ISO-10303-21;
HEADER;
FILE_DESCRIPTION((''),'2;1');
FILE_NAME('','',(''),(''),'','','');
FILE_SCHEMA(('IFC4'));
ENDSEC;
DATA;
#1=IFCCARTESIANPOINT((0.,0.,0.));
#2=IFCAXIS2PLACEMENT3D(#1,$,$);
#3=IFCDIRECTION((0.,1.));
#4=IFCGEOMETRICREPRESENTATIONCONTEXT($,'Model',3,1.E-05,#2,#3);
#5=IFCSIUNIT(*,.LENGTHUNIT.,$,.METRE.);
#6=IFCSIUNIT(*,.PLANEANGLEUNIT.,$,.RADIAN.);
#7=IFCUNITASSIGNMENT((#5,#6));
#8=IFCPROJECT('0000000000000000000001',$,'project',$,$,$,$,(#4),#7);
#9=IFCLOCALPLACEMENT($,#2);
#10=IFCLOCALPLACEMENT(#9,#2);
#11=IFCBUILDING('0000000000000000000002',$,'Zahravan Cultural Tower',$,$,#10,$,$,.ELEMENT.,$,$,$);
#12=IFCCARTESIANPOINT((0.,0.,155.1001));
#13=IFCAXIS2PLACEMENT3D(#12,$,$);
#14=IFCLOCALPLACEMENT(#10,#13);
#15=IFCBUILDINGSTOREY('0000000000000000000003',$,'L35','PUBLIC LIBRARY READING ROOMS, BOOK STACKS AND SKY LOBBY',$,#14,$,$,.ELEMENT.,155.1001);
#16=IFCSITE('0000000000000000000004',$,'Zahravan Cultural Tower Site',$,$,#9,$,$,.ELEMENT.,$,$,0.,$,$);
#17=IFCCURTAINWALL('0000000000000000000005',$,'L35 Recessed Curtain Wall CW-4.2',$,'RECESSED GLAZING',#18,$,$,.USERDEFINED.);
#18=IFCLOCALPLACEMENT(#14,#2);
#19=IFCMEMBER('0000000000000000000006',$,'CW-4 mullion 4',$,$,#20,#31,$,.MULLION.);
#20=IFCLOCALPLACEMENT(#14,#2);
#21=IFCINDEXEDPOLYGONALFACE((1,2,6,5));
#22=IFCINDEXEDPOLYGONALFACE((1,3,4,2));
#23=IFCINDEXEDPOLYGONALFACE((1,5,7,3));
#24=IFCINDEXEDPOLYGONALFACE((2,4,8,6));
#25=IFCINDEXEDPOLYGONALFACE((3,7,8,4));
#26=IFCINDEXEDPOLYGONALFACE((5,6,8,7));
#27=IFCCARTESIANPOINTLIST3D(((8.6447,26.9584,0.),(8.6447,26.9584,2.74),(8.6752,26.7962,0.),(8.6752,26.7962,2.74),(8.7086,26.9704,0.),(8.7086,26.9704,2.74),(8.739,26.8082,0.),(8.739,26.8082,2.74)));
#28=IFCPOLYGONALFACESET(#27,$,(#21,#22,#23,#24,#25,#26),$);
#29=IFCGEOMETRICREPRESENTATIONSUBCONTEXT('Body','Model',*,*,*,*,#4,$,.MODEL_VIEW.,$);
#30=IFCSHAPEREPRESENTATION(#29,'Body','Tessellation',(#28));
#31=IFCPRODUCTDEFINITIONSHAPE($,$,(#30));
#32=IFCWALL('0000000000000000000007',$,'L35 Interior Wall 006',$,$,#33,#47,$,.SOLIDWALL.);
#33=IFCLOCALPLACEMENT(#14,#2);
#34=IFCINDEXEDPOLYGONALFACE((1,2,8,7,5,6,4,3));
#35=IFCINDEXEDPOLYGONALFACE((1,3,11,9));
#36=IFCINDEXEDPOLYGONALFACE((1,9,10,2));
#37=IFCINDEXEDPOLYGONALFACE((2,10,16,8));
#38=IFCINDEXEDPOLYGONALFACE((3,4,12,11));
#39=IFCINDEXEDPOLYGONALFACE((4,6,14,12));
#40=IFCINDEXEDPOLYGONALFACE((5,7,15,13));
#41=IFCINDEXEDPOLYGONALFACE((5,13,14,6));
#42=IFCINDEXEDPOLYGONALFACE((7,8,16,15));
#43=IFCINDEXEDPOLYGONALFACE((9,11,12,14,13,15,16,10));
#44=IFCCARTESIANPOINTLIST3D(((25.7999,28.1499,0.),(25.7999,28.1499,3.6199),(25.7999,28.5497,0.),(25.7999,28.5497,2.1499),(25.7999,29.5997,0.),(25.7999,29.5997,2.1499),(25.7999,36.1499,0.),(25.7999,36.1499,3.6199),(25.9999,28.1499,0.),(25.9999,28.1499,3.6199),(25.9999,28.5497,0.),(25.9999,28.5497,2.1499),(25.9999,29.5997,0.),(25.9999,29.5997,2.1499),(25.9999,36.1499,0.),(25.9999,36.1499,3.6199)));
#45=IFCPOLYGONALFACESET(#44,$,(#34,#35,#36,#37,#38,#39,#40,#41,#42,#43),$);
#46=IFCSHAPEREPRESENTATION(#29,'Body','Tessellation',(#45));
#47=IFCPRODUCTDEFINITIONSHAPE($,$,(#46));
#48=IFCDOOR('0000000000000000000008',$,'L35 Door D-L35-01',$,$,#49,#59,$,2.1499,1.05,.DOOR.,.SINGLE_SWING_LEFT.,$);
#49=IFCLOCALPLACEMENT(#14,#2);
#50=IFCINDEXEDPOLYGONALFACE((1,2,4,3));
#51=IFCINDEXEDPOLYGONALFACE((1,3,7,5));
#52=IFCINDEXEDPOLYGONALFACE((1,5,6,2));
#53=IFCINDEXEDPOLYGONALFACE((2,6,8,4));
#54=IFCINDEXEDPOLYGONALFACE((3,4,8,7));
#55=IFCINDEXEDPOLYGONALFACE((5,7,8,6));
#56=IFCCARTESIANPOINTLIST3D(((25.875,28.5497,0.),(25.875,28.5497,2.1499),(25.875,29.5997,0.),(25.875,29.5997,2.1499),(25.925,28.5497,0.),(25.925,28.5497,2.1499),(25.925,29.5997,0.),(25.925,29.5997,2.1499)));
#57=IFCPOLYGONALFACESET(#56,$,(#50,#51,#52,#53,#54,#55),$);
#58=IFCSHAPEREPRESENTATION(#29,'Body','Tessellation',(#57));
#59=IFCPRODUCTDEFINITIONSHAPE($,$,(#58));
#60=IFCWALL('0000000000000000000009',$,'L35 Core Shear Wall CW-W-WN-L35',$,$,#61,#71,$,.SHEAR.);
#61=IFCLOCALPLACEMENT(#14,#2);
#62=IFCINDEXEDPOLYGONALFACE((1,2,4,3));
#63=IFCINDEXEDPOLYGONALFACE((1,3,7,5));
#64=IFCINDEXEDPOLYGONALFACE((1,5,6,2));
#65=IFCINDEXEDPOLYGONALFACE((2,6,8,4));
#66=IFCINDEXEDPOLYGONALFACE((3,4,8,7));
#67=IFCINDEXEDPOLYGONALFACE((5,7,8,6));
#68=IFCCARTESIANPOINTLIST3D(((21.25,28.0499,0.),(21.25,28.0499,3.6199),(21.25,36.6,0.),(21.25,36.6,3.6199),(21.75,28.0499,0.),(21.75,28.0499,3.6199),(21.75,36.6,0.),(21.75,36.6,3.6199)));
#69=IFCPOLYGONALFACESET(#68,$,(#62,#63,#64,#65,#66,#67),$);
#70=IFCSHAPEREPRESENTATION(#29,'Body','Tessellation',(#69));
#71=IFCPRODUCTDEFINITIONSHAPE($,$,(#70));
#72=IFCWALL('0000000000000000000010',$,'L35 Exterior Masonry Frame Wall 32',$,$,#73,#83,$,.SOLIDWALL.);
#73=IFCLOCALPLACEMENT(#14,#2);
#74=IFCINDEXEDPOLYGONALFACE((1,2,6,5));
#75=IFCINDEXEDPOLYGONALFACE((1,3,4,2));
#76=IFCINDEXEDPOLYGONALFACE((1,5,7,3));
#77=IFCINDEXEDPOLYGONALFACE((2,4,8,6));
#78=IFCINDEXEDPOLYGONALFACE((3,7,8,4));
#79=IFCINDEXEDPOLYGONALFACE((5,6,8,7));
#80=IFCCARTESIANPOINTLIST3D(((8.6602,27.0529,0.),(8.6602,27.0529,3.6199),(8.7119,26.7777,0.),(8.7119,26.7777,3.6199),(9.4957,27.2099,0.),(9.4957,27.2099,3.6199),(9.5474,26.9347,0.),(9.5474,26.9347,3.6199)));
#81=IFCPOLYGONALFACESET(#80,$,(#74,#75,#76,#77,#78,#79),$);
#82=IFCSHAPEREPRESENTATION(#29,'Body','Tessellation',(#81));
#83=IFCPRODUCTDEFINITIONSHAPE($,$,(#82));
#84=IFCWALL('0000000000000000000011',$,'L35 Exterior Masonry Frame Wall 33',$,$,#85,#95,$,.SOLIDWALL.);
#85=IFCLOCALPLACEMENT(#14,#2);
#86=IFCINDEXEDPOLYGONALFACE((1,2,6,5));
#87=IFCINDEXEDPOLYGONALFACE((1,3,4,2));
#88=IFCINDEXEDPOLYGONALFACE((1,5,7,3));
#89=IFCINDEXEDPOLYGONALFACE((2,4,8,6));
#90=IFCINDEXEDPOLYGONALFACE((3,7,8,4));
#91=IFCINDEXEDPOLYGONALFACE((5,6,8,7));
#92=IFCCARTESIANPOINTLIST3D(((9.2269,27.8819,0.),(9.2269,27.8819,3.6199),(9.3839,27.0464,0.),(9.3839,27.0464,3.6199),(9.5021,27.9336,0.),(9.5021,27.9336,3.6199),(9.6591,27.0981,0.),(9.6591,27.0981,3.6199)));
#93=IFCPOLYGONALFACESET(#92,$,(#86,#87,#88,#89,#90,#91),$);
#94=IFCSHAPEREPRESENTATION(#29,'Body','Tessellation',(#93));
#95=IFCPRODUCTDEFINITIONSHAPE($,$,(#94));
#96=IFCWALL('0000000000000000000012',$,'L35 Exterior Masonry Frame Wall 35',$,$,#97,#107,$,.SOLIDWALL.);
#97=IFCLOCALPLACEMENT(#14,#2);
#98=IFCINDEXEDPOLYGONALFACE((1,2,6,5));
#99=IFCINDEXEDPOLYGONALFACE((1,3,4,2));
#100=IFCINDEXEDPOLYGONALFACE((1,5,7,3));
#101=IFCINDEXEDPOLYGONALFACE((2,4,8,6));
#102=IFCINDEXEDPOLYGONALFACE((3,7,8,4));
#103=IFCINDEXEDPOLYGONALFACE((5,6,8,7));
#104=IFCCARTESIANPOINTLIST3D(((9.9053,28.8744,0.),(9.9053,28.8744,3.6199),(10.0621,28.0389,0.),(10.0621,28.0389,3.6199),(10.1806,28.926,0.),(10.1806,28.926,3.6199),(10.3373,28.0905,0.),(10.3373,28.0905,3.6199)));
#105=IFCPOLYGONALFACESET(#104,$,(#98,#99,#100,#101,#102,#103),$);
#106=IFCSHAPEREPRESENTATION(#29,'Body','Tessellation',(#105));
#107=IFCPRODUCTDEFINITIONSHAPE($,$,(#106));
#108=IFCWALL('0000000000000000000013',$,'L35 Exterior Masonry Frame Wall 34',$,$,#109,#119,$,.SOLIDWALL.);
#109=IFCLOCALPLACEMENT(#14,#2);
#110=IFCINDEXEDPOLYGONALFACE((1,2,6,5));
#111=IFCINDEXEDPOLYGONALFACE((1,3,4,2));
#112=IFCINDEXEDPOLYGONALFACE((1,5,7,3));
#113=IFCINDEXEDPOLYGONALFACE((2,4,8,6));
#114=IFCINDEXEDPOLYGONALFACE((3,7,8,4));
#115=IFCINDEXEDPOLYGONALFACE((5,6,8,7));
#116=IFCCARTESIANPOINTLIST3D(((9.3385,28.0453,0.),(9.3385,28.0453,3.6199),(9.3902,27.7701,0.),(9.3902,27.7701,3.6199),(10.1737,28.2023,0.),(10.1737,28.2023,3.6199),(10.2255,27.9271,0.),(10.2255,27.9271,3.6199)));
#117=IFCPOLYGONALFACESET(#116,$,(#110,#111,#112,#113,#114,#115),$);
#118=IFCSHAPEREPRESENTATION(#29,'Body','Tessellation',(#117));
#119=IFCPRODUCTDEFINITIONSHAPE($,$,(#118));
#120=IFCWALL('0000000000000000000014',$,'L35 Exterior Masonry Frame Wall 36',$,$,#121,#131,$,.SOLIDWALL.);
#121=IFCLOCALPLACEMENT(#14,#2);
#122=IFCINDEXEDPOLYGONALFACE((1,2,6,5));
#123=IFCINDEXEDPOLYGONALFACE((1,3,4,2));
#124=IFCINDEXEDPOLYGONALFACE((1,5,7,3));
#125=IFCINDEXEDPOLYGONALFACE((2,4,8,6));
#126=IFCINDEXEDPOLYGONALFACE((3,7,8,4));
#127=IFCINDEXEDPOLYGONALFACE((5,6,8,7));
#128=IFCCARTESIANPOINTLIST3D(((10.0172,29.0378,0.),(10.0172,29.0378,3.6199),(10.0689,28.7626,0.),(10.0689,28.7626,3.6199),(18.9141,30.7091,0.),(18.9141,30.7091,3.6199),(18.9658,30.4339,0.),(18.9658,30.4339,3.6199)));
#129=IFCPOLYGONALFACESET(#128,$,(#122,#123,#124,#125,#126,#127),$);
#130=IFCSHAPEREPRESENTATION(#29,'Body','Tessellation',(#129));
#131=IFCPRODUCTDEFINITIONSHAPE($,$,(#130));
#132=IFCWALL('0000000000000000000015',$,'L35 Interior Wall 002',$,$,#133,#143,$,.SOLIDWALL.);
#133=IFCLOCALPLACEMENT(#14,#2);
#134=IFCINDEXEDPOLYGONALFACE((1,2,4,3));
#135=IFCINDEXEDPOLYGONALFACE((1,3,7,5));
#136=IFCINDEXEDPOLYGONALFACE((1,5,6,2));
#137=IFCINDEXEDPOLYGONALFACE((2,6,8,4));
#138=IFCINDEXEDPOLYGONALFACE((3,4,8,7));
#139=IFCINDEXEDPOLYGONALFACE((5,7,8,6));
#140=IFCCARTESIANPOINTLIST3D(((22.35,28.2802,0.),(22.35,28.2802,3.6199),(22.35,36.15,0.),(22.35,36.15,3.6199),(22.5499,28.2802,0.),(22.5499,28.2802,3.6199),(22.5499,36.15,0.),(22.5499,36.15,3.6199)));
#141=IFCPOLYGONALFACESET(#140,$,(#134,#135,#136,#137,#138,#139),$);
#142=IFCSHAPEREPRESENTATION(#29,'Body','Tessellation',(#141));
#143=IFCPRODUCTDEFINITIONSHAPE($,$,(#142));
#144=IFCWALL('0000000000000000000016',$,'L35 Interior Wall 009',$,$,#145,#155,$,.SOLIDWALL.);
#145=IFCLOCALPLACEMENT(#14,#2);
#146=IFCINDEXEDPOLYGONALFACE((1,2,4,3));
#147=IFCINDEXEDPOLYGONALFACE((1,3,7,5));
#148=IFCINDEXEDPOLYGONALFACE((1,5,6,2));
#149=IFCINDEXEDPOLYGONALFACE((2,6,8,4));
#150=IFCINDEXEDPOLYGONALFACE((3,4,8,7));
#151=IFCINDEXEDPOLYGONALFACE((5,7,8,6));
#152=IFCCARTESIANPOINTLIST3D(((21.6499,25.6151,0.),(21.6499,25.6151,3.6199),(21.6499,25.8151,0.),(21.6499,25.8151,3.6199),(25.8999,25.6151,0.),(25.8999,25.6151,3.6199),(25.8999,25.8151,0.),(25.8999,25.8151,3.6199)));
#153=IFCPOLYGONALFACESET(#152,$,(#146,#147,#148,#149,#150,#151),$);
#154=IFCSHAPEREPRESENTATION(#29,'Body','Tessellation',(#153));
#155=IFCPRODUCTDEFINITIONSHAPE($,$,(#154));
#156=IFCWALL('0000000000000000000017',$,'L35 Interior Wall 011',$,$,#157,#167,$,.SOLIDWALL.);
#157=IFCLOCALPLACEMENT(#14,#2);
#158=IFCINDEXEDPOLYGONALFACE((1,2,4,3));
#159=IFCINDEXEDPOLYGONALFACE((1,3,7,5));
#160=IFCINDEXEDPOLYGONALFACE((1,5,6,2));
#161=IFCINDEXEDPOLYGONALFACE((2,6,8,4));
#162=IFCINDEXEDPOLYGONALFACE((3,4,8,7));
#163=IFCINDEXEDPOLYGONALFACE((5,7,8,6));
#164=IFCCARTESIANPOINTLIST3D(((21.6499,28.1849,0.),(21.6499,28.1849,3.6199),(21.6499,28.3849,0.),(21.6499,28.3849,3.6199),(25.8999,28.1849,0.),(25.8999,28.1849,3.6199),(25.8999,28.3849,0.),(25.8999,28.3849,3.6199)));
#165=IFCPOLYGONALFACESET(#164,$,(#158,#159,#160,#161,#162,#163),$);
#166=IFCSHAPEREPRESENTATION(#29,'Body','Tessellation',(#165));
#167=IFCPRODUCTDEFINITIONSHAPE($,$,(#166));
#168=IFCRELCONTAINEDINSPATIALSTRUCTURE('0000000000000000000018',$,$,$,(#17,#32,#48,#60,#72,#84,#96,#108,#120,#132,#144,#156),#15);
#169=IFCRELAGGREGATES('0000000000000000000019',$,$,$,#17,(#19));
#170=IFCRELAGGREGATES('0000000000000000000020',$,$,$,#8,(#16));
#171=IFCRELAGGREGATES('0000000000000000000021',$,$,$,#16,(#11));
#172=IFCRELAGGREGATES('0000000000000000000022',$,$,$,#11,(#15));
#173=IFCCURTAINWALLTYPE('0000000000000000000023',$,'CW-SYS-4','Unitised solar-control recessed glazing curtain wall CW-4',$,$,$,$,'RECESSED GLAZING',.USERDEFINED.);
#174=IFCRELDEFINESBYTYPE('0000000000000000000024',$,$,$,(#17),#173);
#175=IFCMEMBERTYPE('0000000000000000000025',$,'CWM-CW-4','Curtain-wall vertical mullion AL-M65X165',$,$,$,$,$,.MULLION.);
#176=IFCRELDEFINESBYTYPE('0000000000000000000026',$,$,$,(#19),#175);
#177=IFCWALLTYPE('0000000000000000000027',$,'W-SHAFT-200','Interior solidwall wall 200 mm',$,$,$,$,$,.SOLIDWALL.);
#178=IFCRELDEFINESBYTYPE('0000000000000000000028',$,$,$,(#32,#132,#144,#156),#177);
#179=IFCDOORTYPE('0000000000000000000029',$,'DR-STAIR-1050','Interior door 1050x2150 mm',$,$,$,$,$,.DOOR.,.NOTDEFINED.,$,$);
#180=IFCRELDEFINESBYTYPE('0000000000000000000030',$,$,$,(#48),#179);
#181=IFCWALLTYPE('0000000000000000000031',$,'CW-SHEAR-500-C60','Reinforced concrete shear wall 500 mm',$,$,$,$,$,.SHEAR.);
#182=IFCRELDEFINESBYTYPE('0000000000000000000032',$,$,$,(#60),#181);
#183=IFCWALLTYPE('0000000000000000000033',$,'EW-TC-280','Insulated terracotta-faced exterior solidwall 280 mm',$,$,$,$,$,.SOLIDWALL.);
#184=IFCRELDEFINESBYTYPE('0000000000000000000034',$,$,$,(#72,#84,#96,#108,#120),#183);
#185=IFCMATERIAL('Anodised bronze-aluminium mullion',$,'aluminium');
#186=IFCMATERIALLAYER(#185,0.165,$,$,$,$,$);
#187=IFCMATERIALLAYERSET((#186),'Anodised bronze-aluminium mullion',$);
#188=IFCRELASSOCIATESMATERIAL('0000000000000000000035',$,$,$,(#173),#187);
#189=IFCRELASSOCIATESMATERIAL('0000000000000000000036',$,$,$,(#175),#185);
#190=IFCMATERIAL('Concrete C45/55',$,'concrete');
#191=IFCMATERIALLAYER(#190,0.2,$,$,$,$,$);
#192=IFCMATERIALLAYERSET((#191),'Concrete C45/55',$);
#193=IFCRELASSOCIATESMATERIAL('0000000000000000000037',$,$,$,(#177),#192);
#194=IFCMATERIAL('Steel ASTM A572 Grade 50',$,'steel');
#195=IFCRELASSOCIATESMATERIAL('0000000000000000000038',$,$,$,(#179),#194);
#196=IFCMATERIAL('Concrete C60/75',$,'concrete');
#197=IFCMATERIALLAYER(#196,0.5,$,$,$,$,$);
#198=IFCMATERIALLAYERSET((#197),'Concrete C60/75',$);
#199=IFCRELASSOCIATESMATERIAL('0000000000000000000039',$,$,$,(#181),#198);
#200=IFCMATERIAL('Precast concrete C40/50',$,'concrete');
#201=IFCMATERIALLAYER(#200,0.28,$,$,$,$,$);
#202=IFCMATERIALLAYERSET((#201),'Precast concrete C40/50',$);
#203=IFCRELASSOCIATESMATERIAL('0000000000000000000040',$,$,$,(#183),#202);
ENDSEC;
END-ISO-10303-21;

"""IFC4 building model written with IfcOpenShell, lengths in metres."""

from ifc_helpers import new_model, si_unit, direction, frame, frame_2d, origin, origin_2d, place, context, subcontext, project, spatial, rectangle, extrude, source, transform, mapped, material, layer, layer_set, material_profile, profile_set, type_object, element, fill, aggregate, save


model = new_model("IFC4")

# Units and contexts
model_context = context("Model", 3, precision=1e-05, world=origin(), true_north=direction((0.0, 1.0)))
body_context = subcontext(model_context, "Body", "Model", "MODEL_VIEW")
ifc_project = project(units=[si_unit("LENGTHUNIT", "METRE"), si_unit("PLANEANGLEUNIT", "RADIAN")], contexts=[model_context])

# Site, building, storey
site_placement = place(None, origin())
site = spatial("IfcSite", under=ifc_project, at=site_placement, Name="Zahravan Cultural Tower Site", CompositionType="ELEMENT", RefElevation=0.0)
building_placement = place(site_placement, origin())
building = spatial("IfcBuilding", under=site, at=building_placement, Name="Zahravan Cultural Tower", CompositionType="ELEMENT")
storey_placement = place(building_placement, frame((0.0, 0.0, 155.1001)))
storey = spatial("IfcBuildingStorey", under=building, at=storey_placement, Name="L35", Description="PUBLIC LIBRARY READING ROOMS, BOOK STACKS AND SKY LOBBY", CompositionType="ELEMENT", Elevation=155.1001)

# Curtain wall, member
ifc_material_1 = material(Name="Anodised bronze-aluminium mullion", Category="aluminium")
ifc_layer_1 = layer(ifc_material_1, 0.165)
ifc_layer_set_1 = layer_set([ifc_layer_1], Name="Anodised bronze-aluminium mullion")
curtain_wall_type = type_object("IfcCurtainWallType", Name="CW-SYS-4", Description="Unitised solar-control recessed glazing curtain wall CW-4", ElementType="RECESSED GLAZING", PredefinedType="USERDEFINED", material=ifc_layer_set_1)
curtain_wall_placement = place(storey_placement, origin())
curtain_wall = element("IfcCurtainWall", 1, at=curtain_wall_placement, inside=storey, type_object=curtain_wall_type, Name="L35 Recessed Curtain Wall CW-4.2", ObjectType="RECESSED GLAZING", PredefinedType="USERDEFINED")
ifc_material_profile_1 = material_profile(ifc_material_1, rectangle(XDim=0.0649, YDim=0.165, at=origin_2d()), Name="AL-M65X165")
ifc_profile_set_1 = profile_set([ifc_material_profile_1], Name="Anodised bronze-aluminium mullion")
member_type = type_object("IfcMemberType", Name="CWM-CW-4", Description="Curtain-wall vertical mullion AL-M65X165", PredefinedType="MULLION", material=ifc_profile_set_1)
shared_shape_1 = source(origin(), body_context, "Body", "SweptSolid", [
    extrude(rectangle(XDim=0.0649, YDim=0.165, at=origin_2d()), origin(), (0.0, 0.0, 1.0), 2.74),
])
member_placement = place(storey_placement, frame((8.6919, 26.8833, 0.0), z_axis=(0.0, 0.0, 1.0), x_axis=(-0.982807, -0.184638, 0.0)))
member = element("IfcMember", 2, at=member_placement, type_object=member_type, Name="CW-4 mullion 4", PredefinedType="MULLION", context=body_context, shape_type="MappedRepresentation", body=[
    mapped(shared_shape_1, transform((0.0, 0.0, 0.0), x_axis=(1.0, 0.0, 0.0), y_axis=(0.0, 1.0, 0.0), z_axis=(0.0, 0.0, 1.0), scale=1.0)),
])
aggregate(curtain_wall, [member])

# Wall, opening, door
ifc_material_2 = material(Name="Concrete C45/55", Category="concrete")
ifc_layer_2 = layer(ifc_material_2, 0.2)
ifc_layer_set_2 = layer_set([ifc_layer_2], Name="Concrete C45/55")
wall_type_1 = type_object("IfcWallType", Name="W-SHAFT-200", Description="Interior solidwall wall 200 mm", PredefinedType="SOLIDWALL", material=ifc_layer_set_2)
wall_1_placement = place(storey_placement, frame((25.8999, 28.1499, 0.0), z_axis=(0.0, 0.0, 1.0), x_axis=(0.0, 1.0, 0.0)))
wall_1 = element("IfcWall", 3, at=wall_1_placement, inside=storey, type_object=wall_type_1, Name="L35 Interior Wall 006", PredefinedType="SOLIDWALL", context=body_context, shape_type="SweptSolid", body=[
    extrude(rectangle(XDim=8.0, YDim=0.2, at=frame_2d((4.0, 0.0))), origin(), (0.0, 0.0, 1.0), 3.6199),
])
opening_placement = place(wall_1_placement, frame((0.3999, 0.0, 0.0)))
opening = element("IfcOpeningElement", 4, at=opening_placement, cuts=wall_1, PredefinedType="OPENING", context=body_context, shape_type="SweptSolid", body=[
    extrude(rectangle(XDim=1.05, YDim=2.1499, at=frame_2d((0.5249, 1.075))), frame((0.0, 0.1099, 0.0), z_axis=(0.0, -1.0, 0.0), x_axis=(1.0, 0.0, 0.0)), (0.0, 0.0, 1.0), 0.22),
])
ifc_material_3 = material(Name="Steel ASTM A572 Grade 50", Category="steel")
door_type = type_object("IfcDoorType", Name="DR-STAIR-1050", Description="Interior door 1050x2150 mm", OperationType="NOTDEFINED", PredefinedType="DOOR", material=ifc_material_3)
shared_shape_2 = source(origin(), body_context, "Body", "SweptSolid", [
    extrude(rectangle(XDim=1.05, YDim=2.1499, at=frame_2d((0.5249, 1.075))), frame((0.0, 0.0249, 0.0), z_axis=(0.0, -1.0, 0.0), x_axis=(1.0, 0.0, 0.0)), (0.0, 0.0, 1.0), 0.05),
])
door_placement = place(opening_placement, origin())
door = element("IfcDoor", 5, at=door_placement, inside=storey, type_object=door_type, Name="L35 Door D-L35-01", OperationType="SINGLE_SWING_LEFT", OverallHeight=2.1499, OverallWidth=1.05, PredefinedType="DOOR", context=body_context, shape_type="MappedRepresentation", body=[
    mapped(shared_shape_2, transform((0.0, 0.0, 0.0), x_axis=(1.0, 0.0, 0.0), y_axis=(0.0, 1.0, 0.0), z_axis=(0.0, 0.0, 1.0), scale=1.0)),
])
fill(opening, door)

# Walls
ifc_material_4 = material(Name="Concrete C60/75", Category="concrete")
ifc_layer_3 = layer(ifc_material_4, 0.5)
ifc_layer_set_3 = layer_set([ifc_layer_3], Name="Concrete C60/75")
wall_type_2 = type_object("IfcWallType", Name="CW-SHEAR-500-C60", Description="Reinforced concrete shear wall 500 mm", PredefinedType="SHEAR", material=ifc_layer_set_3)
shared_shape_3 = source(origin(), body_context, "Body", "SweptSolid", [
    extrude(rectangle(XDim=8.55, YDim=0.5, at=frame_2d((4.2749, 0.0))), origin(), (0.0, 0.0, 1.0), 3.6199),
])
wall_2_placement = place(storey_placement, frame((21.5, 28.05, 0.0), z_axis=(0.0, 0.0, 1.0), x_axis=(0.0, 1.0, 0.0)))
element("IfcWall", 6, at=wall_2_placement, inside=storey, type_object=wall_type_2, Name="L35 Core Shear Wall CW-W-WN-L35", PredefinedType="SHEAR", context=body_context, shape_type="MappedRepresentation", body=[
    mapped(shared_shape_3, transform((0.0, 0.0, 0.0), x_axis=(1.0, 0.0, 0.0), y_axis=(0.0, 1.0, 0.0), z_axis=(0.0, 0.0, 1.0), scale=1.0)),
])
ifc_material_5 = material(Name="Precast concrete C40/50", Category="concrete")
ifc_layer_4 = layer(ifc_material_5, 0.28)
ifc_layer_set_4 = layer_set([ifc_layer_4], Name="Precast concrete C40/50")
wall_type_3 = type_object("IfcWallType", Name="EW-TC-280", Description="Insulated terracotta-faced exterior solidwall 280 mm", PredefinedType="SOLIDWALL", material=ifc_layer_set_4)
shared_shape_4 = source(origin(), body_context, "Body", "SweptSolid", [
    extrude(rectangle(XDim=0.8501, YDim=0.28, at=frame_2d((0.425, 0.0))), origin(), (0.0, 0.0, 1.0), 3.6199),
])
for number, where, z_axis, x_axis, name in (
    (7, (8.686, 26.9153, 0.0), (0.0, 0.0, 1.0), (0.982801, 0.18467, 0.0), "L35 Exterior Masonry Frame Wall 32"),
    (8, (9.5215, 27.0723, 0.0), (0.0, 0.0, 1.0), (-0.18467, 0.982801, 0.0), "L35 Exterior Masonry Frame Wall 33"),
    (9, (10.1997, 28.0647, 0.0), (0.0, 0.0, 1.0), (-0.184393, 0.982853, 0.0), "L35 Exterior Masonry Frame Wall 35"),
):
    element("IfcWall", number, at=place(storey_placement, frame(where, z_axis=z_axis, x_axis=x_axis)), inside=storey, type_object=wall_type_3, Name=name, PredefinedType="SOLIDWALL", context=body_context, shape_type="MappedRepresentation", body=[
        mapped(shared_shape_4, transform((0.0, 0.0, 0.0), x_axis=(1.0, 0.0, 0.0), y_axis=(0.0, 1.0, 0.0), z_axis=(0.0, 0.0, 1.0), scale=1.0)),
    ])
shared_shape_5 = source(origin(), body_context, "Body", "SweptSolid", [
    extrude(rectangle(XDim=0.8499, YDim=0.28, at=frame_2d((0.4248, 0.0))), origin(), (0.0, 0.0, 1.0), 3.6199),
])
wall_3_placement = place(storey_placement, frame((9.3645, 27.9077, 0.0), z_axis=(0.0, 0.0, 1.0), x_axis=(0.982791, 0.184722, 0.0)))
element("IfcWall", 10, at=wall_3_placement, inside=storey, type_object=wall_type_3, Name="L35 Exterior Masonry Frame Wall 34", PredefinedType="SOLIDWALL", context=body_context, shape_type="MappedRepresentation", body=[
    mapped(shared_shape_5, transform((0.0, 0.0, 0.0), x_axis=(1.0, 0.0, 0.0), y_axis=(0.0, 1.0, 0.0), z_axis=(0.0, 0.0, 1.0), scale=1.0)),
])
shared_shape_6 = source(origin(), body_context, "Body", "SweptSolid", [
    extrude(rectangle(XDim=9.0525, YDim=0.28, at=frame_2d((4.5264, 0.0))), origin(), (0.0, 0.0, 1.0), 3.6199),
])
wall_4_placement = place(storey_placement, frame((10.043, 28.9001, 0.0), z_axis=(0.0, 0.0, 1.0), x_axis=(0.982808, 0.18463, 0.0)))
element("IfcWall", 11, at=wall_4_placement, inside=storey, type_object=wall_type_3, Name="L35 Exterior Masonry Frame Wall 36", PredefinedType="SOLIDWALL", context=body_context, shape_type="MappedRepresentation", body=[
    mapped(shared_shape_6, transform((0.0, 0.0, 0.0), x_axis=(1.0, 0.0, 0.0), y_axis=(0.0, 1.0, 0.0), z_axis=(0.0, 0.0, 1.0), scale=1.0)),
])
shared_shape_7 = source(origin(), body_context, "Body", "SweptSolid", [
    extrude(rectangle(XDim=7.8699, YDim=0.2, at=frame_2d((3.9351, 0.0))), origin(), (0.0, 0.0, 1.0), 3.6199),
])
wall_5_placement = place(storey_placement, frame((22.45, 28.28, 0.0), z_axis=(0.0, 0.0, 1.0), x_axis=(0.0, 1.0, 0.0)))
element("IfcWall", 12, at=wall_5_placement, inside=storey, type_object=wall_type_1, Name="L35 Interior Wall 002", PredefinedType="SOLIDWALL", context=body_context, shape_type="MappedRepresentation", body=[
    mapped(shared_shape_7, transform((0.0, 0.0, 0.0), x_axis=(1.0, 0.0, 0.0), y_axis=(0.0, 1.0, 0.0), z_axis=(0.0, 0.0, 1.0), scale=1.0)),
])
shared_shape_8 = source(origin(), body_context, "Body", "SweptSolid", [
    extrude(rectangle(XDim=4.25, YDim=0.2, at=frame_2d((2.125, 0.0))), origin(), (0.0, 0.0, 1.0), 3.6199),
])
for number, where, z_axis, x_axis, name in (
    (13, (21.6499, 25.7151, 0.0), (0.0, 0.0, 1.0), (1.0, 0.0, 0.0), "L35 Interior Wall 009"),
    (14, (21.6499, 28.2849, 0.0), (0.0, 0.0, 1.0), (1.0, 0.0, 0.0), "L35 Interior Wall 011"),
):
    element("IfcWall", number, at=place(storey_placement, frame(where, z_axis=z_axis, x_axis=x_axis)), inside=storey, type_object=wall_type_1, Name=name, PredefinedType="SOLIDWALL", context=body_context, shape_type="MappedRepresentation", body=[
        mapped(shared_shape_8, transform((0.0, 0.0, 0.0), x_axis=(1.0, 0.0, 0.0), y_axis=(0.0, 1.0, 0.0), z_axis=(0.0, 0.0, 1.0), scale=1.0)),
    ])

save(model, "model.ifc")
